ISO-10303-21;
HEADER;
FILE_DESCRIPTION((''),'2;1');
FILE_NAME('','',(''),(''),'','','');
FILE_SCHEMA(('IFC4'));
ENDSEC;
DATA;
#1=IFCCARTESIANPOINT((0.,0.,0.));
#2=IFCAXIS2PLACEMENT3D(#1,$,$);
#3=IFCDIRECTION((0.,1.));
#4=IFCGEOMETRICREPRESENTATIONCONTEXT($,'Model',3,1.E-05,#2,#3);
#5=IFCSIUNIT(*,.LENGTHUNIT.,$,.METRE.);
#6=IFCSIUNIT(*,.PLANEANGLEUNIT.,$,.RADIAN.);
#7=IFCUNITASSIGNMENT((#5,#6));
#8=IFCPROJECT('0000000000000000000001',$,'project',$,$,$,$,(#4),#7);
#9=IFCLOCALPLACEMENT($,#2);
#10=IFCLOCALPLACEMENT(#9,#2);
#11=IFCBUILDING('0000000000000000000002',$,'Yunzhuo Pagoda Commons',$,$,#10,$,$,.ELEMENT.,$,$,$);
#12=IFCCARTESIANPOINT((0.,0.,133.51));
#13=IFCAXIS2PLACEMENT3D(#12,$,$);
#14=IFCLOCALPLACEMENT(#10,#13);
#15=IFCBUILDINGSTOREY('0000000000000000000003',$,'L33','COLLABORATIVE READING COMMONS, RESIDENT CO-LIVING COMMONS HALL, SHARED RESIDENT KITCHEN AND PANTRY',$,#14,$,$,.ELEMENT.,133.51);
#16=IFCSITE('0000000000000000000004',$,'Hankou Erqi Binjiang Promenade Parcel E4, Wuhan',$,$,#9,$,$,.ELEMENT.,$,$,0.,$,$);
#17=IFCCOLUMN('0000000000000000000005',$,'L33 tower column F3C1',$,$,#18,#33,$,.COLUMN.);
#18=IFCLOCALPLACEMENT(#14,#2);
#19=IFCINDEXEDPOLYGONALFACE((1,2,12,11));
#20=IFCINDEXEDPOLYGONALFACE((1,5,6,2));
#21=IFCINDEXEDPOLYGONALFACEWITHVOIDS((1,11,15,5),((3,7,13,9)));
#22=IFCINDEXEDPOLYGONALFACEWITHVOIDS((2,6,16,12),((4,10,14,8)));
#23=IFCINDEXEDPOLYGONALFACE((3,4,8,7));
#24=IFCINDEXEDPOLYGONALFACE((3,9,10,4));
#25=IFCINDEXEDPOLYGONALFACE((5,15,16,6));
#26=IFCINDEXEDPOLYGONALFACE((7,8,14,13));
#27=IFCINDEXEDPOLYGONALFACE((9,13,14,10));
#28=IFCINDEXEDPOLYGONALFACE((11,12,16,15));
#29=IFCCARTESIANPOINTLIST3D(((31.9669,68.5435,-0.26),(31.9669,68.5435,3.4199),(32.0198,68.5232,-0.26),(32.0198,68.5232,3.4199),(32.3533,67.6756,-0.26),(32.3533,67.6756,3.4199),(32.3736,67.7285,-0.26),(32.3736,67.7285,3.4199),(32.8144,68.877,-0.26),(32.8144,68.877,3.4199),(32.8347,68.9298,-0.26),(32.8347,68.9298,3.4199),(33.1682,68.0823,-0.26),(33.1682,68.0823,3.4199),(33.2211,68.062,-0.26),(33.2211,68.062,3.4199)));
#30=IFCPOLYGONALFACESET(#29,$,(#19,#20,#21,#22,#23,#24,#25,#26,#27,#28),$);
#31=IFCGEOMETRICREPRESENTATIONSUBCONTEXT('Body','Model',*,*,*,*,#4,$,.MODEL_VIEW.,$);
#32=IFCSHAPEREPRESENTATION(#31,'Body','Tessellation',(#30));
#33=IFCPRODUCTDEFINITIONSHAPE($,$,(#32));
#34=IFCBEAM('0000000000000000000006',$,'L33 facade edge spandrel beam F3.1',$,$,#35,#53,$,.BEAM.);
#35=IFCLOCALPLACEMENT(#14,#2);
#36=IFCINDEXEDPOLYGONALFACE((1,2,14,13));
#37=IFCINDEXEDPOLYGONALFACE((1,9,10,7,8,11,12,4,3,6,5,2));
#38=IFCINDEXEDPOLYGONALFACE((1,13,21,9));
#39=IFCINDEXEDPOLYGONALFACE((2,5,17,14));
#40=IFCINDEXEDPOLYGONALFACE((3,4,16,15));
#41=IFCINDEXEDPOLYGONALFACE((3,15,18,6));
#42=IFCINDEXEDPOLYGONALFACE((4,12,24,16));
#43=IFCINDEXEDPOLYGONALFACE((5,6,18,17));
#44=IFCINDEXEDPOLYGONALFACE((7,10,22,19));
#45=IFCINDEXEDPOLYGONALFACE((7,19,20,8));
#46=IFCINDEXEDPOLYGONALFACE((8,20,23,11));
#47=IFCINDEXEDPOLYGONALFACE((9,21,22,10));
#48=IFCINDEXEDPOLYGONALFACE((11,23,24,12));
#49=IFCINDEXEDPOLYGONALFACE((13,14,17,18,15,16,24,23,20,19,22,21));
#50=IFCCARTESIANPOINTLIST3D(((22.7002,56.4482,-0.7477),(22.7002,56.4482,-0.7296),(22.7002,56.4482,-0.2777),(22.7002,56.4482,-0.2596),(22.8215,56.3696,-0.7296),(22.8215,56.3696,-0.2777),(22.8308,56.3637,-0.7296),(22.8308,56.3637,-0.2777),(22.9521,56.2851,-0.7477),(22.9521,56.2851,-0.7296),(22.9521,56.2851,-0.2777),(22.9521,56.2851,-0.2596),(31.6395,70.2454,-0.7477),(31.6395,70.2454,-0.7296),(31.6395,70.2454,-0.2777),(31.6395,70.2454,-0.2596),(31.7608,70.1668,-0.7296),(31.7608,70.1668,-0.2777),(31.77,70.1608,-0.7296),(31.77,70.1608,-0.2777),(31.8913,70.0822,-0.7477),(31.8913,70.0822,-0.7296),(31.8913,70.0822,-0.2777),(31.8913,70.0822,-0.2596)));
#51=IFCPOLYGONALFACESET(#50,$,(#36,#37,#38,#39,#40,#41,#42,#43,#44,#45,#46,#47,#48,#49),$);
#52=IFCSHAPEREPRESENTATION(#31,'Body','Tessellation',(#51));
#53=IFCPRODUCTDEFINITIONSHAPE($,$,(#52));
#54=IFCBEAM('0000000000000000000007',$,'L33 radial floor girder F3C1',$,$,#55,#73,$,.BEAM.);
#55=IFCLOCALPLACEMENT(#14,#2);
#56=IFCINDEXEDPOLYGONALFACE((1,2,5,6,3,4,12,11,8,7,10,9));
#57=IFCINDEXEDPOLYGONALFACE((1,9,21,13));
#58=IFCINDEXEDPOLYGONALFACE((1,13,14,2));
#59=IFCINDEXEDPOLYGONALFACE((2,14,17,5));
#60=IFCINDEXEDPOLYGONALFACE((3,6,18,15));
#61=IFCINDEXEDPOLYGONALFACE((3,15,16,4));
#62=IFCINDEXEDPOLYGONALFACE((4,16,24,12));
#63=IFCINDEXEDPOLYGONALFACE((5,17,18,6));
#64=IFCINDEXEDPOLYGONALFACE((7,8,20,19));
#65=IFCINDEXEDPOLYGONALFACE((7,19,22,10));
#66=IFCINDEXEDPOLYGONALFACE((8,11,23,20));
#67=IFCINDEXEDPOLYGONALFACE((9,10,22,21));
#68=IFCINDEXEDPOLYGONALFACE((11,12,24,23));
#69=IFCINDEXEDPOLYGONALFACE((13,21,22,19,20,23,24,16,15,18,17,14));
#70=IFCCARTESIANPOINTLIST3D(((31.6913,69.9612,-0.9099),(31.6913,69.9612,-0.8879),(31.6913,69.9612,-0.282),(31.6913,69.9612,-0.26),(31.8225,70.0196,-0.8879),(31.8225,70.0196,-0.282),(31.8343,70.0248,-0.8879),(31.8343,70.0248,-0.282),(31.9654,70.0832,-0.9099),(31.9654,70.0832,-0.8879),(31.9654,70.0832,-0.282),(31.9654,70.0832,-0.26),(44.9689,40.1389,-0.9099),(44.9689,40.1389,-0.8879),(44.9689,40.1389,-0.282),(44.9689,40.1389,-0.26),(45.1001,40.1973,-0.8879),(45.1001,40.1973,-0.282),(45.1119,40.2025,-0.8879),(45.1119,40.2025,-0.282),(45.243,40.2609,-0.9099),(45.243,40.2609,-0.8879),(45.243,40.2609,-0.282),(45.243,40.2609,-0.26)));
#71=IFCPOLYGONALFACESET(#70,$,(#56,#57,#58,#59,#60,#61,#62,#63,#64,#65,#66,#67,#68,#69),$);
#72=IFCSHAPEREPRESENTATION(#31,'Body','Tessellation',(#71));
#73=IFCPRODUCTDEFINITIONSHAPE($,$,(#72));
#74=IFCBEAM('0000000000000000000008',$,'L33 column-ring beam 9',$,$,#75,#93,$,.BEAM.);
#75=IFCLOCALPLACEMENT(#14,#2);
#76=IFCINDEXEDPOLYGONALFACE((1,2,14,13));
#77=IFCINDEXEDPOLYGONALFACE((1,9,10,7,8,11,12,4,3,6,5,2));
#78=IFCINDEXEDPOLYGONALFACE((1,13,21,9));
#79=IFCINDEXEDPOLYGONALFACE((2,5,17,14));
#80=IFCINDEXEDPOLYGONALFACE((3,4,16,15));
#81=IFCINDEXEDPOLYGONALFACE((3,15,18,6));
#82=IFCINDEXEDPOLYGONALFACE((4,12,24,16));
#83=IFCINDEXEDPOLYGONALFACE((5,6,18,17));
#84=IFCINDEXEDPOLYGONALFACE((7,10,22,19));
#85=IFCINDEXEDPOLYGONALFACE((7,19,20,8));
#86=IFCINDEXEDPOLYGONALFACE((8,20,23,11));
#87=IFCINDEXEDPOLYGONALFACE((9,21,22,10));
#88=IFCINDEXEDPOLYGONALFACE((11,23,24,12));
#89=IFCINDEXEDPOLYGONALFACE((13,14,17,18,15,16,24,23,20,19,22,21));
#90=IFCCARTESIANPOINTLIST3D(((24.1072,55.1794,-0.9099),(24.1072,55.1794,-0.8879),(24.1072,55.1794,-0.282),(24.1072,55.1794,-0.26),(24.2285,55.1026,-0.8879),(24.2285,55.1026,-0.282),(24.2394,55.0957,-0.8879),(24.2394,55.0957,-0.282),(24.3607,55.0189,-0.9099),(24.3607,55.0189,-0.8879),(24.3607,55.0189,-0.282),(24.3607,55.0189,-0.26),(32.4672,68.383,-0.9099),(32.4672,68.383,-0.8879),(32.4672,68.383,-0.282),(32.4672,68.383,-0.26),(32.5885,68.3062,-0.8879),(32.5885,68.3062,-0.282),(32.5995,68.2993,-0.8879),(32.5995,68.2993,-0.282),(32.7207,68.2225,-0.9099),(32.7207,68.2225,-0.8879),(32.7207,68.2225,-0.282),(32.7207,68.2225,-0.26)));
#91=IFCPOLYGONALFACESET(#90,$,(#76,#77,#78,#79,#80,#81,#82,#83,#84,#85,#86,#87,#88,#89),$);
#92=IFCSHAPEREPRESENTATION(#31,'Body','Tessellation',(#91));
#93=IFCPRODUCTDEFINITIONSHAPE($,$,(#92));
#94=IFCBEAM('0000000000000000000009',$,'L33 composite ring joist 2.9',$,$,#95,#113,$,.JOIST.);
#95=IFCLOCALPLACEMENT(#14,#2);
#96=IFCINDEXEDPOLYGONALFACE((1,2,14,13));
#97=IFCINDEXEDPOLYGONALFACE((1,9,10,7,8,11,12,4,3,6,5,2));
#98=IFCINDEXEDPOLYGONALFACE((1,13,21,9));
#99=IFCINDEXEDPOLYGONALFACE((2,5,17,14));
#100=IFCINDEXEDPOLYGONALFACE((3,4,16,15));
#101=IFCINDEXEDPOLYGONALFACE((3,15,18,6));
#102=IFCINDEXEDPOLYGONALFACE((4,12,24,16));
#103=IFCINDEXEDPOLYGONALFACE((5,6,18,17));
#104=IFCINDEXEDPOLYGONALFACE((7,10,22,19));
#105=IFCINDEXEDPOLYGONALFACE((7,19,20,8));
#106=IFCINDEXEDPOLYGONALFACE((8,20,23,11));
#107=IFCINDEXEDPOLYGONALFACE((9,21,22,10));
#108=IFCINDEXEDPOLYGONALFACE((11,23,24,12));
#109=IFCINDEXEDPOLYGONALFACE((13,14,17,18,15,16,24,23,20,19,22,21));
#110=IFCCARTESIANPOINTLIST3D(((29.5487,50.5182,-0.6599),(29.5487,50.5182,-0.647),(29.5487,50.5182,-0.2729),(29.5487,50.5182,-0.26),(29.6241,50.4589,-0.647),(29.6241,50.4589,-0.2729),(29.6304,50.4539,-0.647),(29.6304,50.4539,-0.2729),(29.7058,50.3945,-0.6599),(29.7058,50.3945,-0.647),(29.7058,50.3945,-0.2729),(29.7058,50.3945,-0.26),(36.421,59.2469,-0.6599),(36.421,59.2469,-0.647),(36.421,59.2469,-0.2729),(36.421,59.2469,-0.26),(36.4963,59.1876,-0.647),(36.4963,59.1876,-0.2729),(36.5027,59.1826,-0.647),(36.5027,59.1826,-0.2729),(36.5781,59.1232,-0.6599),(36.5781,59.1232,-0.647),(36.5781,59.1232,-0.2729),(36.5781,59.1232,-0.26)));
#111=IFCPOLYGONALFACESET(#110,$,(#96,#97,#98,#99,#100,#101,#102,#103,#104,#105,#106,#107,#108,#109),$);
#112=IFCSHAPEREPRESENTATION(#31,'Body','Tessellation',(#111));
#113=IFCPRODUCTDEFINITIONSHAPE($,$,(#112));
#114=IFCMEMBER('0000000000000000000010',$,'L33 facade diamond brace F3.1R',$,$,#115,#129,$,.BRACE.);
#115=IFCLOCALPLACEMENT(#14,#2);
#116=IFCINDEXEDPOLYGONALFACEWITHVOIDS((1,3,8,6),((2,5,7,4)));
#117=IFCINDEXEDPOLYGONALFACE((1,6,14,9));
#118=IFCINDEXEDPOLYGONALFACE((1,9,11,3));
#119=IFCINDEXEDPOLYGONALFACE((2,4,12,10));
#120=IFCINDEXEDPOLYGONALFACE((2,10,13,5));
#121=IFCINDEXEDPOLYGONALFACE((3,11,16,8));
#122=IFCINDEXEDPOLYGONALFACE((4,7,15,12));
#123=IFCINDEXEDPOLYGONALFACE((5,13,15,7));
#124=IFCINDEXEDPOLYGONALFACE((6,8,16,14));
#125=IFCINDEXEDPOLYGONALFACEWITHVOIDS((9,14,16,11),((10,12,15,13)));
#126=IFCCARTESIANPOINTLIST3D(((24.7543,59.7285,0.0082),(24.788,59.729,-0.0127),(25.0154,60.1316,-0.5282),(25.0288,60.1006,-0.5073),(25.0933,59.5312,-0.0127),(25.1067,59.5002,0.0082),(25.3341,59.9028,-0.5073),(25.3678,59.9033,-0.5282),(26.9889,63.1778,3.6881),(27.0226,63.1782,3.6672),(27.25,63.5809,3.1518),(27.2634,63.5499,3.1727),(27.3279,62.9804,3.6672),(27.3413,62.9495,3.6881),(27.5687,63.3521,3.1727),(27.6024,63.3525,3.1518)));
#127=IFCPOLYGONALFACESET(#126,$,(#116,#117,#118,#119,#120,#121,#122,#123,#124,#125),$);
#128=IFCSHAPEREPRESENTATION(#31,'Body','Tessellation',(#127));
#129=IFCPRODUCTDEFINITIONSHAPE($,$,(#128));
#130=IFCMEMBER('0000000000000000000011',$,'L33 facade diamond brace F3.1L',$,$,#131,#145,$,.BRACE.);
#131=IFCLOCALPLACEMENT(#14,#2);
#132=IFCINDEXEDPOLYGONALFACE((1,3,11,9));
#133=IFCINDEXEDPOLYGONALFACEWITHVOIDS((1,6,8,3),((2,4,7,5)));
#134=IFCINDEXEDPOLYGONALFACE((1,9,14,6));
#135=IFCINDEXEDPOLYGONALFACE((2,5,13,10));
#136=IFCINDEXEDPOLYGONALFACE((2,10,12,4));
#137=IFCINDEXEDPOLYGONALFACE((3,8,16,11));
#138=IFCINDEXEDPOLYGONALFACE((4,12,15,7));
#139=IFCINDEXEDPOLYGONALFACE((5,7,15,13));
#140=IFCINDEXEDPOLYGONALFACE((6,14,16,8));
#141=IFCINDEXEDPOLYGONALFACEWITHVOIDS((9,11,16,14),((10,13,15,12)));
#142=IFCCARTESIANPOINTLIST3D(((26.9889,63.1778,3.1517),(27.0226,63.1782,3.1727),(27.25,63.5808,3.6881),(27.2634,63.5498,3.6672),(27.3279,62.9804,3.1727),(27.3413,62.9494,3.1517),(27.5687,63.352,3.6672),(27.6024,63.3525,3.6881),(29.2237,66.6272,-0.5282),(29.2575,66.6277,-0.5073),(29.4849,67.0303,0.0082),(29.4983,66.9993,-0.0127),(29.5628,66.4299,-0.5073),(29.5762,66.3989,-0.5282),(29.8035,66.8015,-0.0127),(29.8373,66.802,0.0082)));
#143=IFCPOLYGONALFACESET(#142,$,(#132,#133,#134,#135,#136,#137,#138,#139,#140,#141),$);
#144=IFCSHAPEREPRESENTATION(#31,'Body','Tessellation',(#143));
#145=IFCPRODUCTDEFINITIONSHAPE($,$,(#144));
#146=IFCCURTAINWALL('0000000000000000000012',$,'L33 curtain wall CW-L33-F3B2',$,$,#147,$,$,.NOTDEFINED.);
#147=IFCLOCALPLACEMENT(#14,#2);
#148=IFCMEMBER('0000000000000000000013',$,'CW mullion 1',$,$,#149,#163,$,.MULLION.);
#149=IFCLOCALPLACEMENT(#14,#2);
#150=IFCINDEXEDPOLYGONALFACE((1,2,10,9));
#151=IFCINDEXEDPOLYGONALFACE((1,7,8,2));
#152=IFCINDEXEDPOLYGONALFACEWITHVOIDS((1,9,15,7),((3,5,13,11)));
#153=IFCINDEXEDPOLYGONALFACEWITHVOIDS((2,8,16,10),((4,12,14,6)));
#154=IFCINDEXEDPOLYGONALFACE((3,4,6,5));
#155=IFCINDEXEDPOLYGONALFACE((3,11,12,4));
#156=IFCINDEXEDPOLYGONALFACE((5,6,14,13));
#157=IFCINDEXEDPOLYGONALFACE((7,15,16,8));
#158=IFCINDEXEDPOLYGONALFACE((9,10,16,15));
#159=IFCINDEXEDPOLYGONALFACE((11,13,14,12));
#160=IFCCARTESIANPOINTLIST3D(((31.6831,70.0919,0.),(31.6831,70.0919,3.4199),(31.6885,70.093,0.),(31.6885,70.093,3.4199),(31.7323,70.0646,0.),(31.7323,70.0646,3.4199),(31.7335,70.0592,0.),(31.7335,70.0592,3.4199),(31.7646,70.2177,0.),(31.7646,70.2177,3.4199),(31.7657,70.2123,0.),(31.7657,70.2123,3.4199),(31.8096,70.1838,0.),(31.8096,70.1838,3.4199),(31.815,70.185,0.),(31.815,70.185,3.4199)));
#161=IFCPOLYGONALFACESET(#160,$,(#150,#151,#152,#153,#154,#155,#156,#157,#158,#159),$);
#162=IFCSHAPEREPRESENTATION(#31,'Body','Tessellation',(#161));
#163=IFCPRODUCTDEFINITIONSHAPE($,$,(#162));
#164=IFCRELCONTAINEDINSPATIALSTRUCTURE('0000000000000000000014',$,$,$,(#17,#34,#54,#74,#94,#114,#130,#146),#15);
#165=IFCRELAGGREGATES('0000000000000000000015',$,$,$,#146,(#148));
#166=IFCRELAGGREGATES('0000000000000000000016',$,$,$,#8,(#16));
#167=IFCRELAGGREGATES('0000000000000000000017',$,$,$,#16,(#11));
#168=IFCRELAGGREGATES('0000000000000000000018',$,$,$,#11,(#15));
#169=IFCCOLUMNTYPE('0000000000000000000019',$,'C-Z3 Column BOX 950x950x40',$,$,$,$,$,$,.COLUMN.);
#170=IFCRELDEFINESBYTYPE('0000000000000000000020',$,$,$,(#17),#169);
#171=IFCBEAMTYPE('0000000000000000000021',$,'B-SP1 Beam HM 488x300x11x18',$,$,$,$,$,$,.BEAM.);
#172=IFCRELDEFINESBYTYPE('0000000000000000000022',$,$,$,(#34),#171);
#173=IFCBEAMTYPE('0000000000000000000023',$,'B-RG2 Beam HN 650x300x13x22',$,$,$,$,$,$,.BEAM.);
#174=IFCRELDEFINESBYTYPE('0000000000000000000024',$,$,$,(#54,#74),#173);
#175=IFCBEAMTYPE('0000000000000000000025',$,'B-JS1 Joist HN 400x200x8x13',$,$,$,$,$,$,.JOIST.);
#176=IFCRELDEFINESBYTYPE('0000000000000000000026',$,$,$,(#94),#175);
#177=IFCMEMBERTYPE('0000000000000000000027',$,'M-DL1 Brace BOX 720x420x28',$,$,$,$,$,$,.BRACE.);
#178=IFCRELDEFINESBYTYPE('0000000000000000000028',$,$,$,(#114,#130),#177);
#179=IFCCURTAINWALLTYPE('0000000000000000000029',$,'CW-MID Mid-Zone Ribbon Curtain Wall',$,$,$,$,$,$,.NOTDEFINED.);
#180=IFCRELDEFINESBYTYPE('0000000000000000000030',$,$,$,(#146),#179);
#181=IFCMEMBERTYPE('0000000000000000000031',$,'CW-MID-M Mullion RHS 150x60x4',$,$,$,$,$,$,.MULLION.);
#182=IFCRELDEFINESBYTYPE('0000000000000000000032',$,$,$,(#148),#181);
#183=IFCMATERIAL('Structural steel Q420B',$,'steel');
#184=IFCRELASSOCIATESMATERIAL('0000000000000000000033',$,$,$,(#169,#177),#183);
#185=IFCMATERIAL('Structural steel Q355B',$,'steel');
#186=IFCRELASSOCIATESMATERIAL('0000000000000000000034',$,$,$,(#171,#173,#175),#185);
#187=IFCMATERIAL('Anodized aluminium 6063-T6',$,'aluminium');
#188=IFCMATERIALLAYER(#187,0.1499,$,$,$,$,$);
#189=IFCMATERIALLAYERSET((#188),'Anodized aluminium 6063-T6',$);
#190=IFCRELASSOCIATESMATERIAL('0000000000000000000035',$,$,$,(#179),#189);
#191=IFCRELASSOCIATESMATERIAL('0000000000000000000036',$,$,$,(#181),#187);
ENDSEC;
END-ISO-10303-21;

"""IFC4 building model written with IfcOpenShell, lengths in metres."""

from ifc_helpers import new_model, si_unit, direction, frame, origin, origin_2d, place, context, subcontext, project, spatial, hollow_rectangle, i_section, extrude, source, transform, mapped, material, layer, layer_set, material_profile, profile_set, type_object, element, aggregate, save


model = new_model("IFC4")

# Units and contexts
model_context = context("Model", 3, precision=1e-05, world=origin(), true_north=direction((0.0, 1.0)))
body_context = subcontext(model_context, "Body", "Model", "MODEL_VIEW")
ifc_project = project(units=[si_unit("LENGTHUNIT", "METRE"), si_unit("PLANEANGLEUNIT", "RADIAN")], contexts=[model_context])

# Site, building, storey
site_placement = place(None, origin())
site = spatial("IfcSite", under=ifc_project, at=site_placement, Name="Hankou Erqi Binjiang Promenade Parcel E4, Wuhan", CompositionType="ELEMENT", RefElevation=0.0)
building_placement = place(site_placement, origin())
building = spatial("IfcBuilding", under=site, at=building_placement, Name="Yunzhuo Pagoda Commons", CompositionType="ELEMENT")
storey_placement = place(building_placement, frame((0.0, 0.0, 133.51)))
storey = spatial("IfcBuildingStorey", under=building, at=storey_placement, Name="L33", Description="COLLABORATIVE READING COMMONS, RESIDENT CO-LIVING COMMONS HALL, SHARED RESIDENT KITCHEN AND PANTRY", CompositionType="ELEMENT", Elevation=133.51)

# Column
ifc_material_1 = material(Name="Structural steel Q420B", Category="steel")
ifc_material_profile_1 = material_profile(ifc_material_1, hollow_rectangle(XDim=0.95, YDim=0.95, WallThickness=0.04, at=origin_2d()), Name="Structural steel Q420B")
ifc_profile_set_1 = profile_set([ifc_material_profile_1], Name="Structural steel Q420B")
column_type = type_object("IfcColumnType", Name="C-Z3 Column BOX 950x950x40", PredefinedType="COLUMN", material=ifc_profile_set_1)
shared_shape_1 = source(origin(), body_context, "Body", "SweptSolid", [
    extrude(hollow_rectangle(XDim=0.95, YDim=0.95, WallThickness=0.04, at=origin_2d()), origin(), (0.0, 0.0, 1.0), 3.6799),
])
column_placement = place(storey_placement, frame((32.594, 68.3027, -0.26), z_axis=(0.0, 0.0, 1.0), x_axis=(-0.913545, -0.406737, 0.0)))
element("IfcColumn", 1, at=column_placement, inside=storey, type_object=column_type, Name="L33 tower column F3C1", PredefinedType="COLUMN", context=body_context, shape_type="MappedRepresentation", body=[
    mapped(shared_shape_1, transform((0.0, 0.0, 0.0), scale=1.0)),
])

# Beams
ifc_material_2 = material(Name="Structural steel Q355B", Category="steel")
ifc_material_profile_2 = material_profile(ifc_material_2, i_section(OverallWidth=0.3, OverallDepth=0.488, WebThickness=0.011, FlangeThickness=0.0181, at=origin_2d()), Name="Structural steel Q355B")
ifc_profile_set_2 = profile_set([ifc_material_profile_2], Name="Structural steel Q355B")
beam_type_1 = type_object("IfcBeamType", Name="B-SP1 Beam HM 488x300x11x18", PredefinedType="BEAM", material=ifc_profile_set_2)
shared_shape_2 = source(origin(), body_context, "Body", "SweptSolid", [
    extrude(i_section(OverallWidth=0.3, OverallDepth=0.488, WebThickness=0.011, FlangeThickness=0.0181, at=origin_2d()), origin(), (0.0, 0.0, 1.0), 16.4399),
])
beam_1_placement = place(storey_placement, frame((31.7654, 70.1638, -0.5037), z_axis=(-0.543751, -0.839246, 0.0), x_axis=(0.839246, -0.543751, 0.0)))
element("IfcBeam", 2, at=beam_1_placement, inside=storey, type_object=beam_type_1, Name="L33 facade edge spandrel beam F3.1", PredefinedType="BEAM", context=body_context, shape_type="MappedRepresentation", body=[
    mapped(shared_shape_2, transform((0.0, 0.0, 0.0), scale=1.0)),
])
ifc_material_profile_3 = material_profile(ifc_material_2, i_section(OverallWidth=0.3, OverallDepth=0.6499, WebThickness=0.0129, FlangeThickness=0.022, at=origin_2d()), Name="Structural steel Q355B")
ifc_profile_set_3 = profile_set([ifc_material_profile_3], Name="Structural steel Q355B")
beam_type_2 = type_object("IfcBeamType", Name="B-RG2 Beam HN 650x300x13x22", PredefinedType="BEAM", material=ifc_profile_set_3)
shared_shape_3 = source(origin(), body_context, "Body", "SweptSolid", [
    extrude(i_section(OverallWidth=0.3, OverallDepth=0.6499, WebThickness=0.0129, FlangeThickness=0.022, at=origin_2d()), origin(), (0.0, 0.0, 1.0), 32.6445),
])
beam_2_placement = place(storey_placement, frame((31.8284, 70.0222, -0.585), z_axis=(0.406733, -0.913547, 0.0), x_axis=(0.913547, 0.406733, 0.0)))
element("IfcBeam", 3, at=beam_2_placement, inside=storey, type_object=beam_type_2, Name="L33 radial floor girder F3C1", PredefinedType="BEAM", context=body_context, shape_type="MappedRepresentation", body=[
    mapped(shared_shape_3, transform((0.0, 0.0, 0.0), scale=1.0)),
])
shared_shape_4 = source(origin(), body_context, "Body", "SweptSolid", [
    extrude(i_section(OverallWidth=0.3, OverallDepth=0.6499, WebThickness=0.0129, FlangeThickness=0.022, at=origin_2d()), origin(), (0.0, 0.0, 1.0), 15.6277),
])
beam_3_placement = place(storey_placement, frame((32.594, 68.3027, -0.585), z_axis=(-0.534952, -0.844882, 0.0), x_axis=(0.844882, -0.534952, 0.0)))
element("IfcBeam", 4, at=beam_3_placement, inside=storey, type_object=beam_type_2, Name="L33 column-ring beam 9", PredefinedType="BEAM", context=body_context, shape_type="MappedRepresentation", body=[
    mapped(shared_shape_4, transform((0.0, 0.0, 0.0), scale=1.0)),
])
ifc_material_profile_4 = material_profile(ifc_material_2, i_section(OverallWidth=0.2, OverallDepth=0.3999, WebThickness=0.0081, FlangeThickness=0.0129, at=origin_2d()), Name="Structural steel Q355B")
ifc_profile_set_4 = profile_set([ifc_material_profile_4], Name="Structural steel Q355B")
beam_type_3 = type_object("IfcBeamType", Name="B-JS1 Joist HN 400x200x8x13", PredefinedType="JOIST", material=ifc_profile_set_4)
shared_shape_5 = source(origin(), body_context, "Body", "SweptSolid", [
    extrude(i_section(OverallWidth=0.2, OverallDepth=0.3999, WebThickness=0.0081, FlangeThickness=0.0129, at=origin_2d()), origin(), (0.0, 0.0, 1.0), 11.1094),
])
beam_4_placement = place(storey_placement, frame((36.4995, 59.1851, -0.46), z_axis=(-0.618601, -0.785706, 0.0), x_axis=(0.785706, -0.618601, 0.0)))
element("IfcBeam", 5, at=beam_4_placement, inside=storey, type_object=beam_type_3, Name="L33 composite ring joist 2.9", PredefinedType="JOIST", context=body_context, shape_type="MappedRepresentation", body=[
    mapped(shared_shape_5, transform((0.0, 0.0, 0.0), scale=1.0)),
])

# Members
ifc_material_profile_5 = material_profile(ifc_material_1, hollow_rectangle(XDim=0.4199, YDim=0.72, WallThickness=0.0281, at=origin_2d()), Name="Structural steel Q420B")
ifc_profile_set_5 = profile_set([ifc_material_profile_5], Name="Structural steel Q420B")
member_type_1 = type_object("IfcMemberType", Name="M-DL1 Brace BOX 720x420x28", PredefinedType="BRACE", material=ifc_profile_set_5)
shared_shape_6 = source(origin(), body_context, "Body", "SweptSolid", [
    extrude(hollow_rectangle(XDim=0.4199, YDim=0.72, WallThickness=0.0281, at=origin_2d()), origin(), (0.0, 0.0, 1.0), 5.5166),
])
member_1_placement = place(storey_placement, frame((25.061, 59.8159, -0.26), z_axis=(0.405074, 0.625247, 0.667069), x_axis=(-0.839262, 0.543727, 0.0)))
element("IfcMember", 6, at=member_1_placement, inside=storey, type_object=member_type_1, Name="L33 facade diamond brace F3.1R", PredefinedType="BRACE", context=body_context, shape_type="MappedRepresentation", body=[
    mapped(shared_shape_6, transform((0.0, 0.0, 0.0), scale=1.0)),
])
shared_shape_7 = source(origin(), body_context, "Body", "SweptSolid", [
    extrude(hollow_rectangle(XDim=0.4199, YDim=0.72, WallThickness=0.0281, at=origin_2d()), origin(), (0.0, 0.0, 1.0), 5.5168),
])
member_2_placement = place(storey_placement, frame((29.5305, 66.7146, -0.26), z_axis=(-0.4051, -0.625263, 0.667039), x_axis=(0.839253, -0.543741, 0.0)))
element("IfcMember", 7, at=member_2_placement, inside=storey, type_object=member_type_1, Name="L33 facade diamond brace F3.1L", PredefinedType="BRACE", context=body_context, shape_type="MappedRepresentation", body=[
    mapped(shared_shape_7, transform((0.0, 0.0, 0.0), scale=1.0)),
])

# Curtain wall, member
ifc_material_3 = material(Name="Anodized aluminium 6063-T6", Category="aluminium")
ifc_layer_1 = layer(ifc_material_3, 0.1499)
ifc_layer_set_1 = layer_set([ifc_layer_1], Name="Anodized aluminium 6063-T6")
curtain_wall_type = type_object("IfcCurtainWallType", Name="CW-MID Mid-Zone Ribbon Curtain Wall", PredefinedType="NOTDEFINED", material=ifc_layer_set_1)
curtain_wall_1_placement = place(storey_placement, origin())
curtain_wall_1 = element("IfcCurtainWall", 8, at=curtain_wall_1_placement, inside=storey, type_object=curtain_wall_type, Name="L33 curtain wall CW-L33-F3B2", PredefinedType="NOTDEFINED")
ifc_material_profile_6 = material_profile(ifc_material_3, hollow_rectangle(XDim=0.0601, YDim=0.1499, WallThickness=0.0039, at=origin_2d()), Name="Anodized aluminium 6063-T6")
ifc_profile_set_6 = profile_set([ifc_material_profile_6], Name="Anodized aluminium 6063-T6")
member_type_2 = type_object("IfcMemberType", Name="CW-MID-M Mullion RHS 150x60x4", PredefinedType="MULLION", material=ifc_profile_set_6)
shared_shape_8 = source(origin(), body_context, "Body", "SweptSolid", [
    extrude(hollow_rectangle(XDim=0.0601, YDim=0.1499, WallThickness=0.0039, at=origin_2d()), origin(), (0.0, 0.0, 1.0), 3.4199),
])
member_3_placement = place(storey_placement, frame((31.749, 70.1384, 0.0), z_axis=(0.0, 0.0, 1.0), x_axis=(0.839249, -0.543747, 0.0)))
member_3 = element("IfcMember", 9, at=member_3_placement, type_object=member_type_2, Name="CW mullion 1", PredefinedType="MULLION", context=body_context, shape_type="MappedRepresentation", body=[
    mapped(shared_shape_8, transform((0.0, 0.0, 0.0), scale=1.0)),
])

aggregate(curtain_wall_1, [member_3])

save(model, "model.ifc")
